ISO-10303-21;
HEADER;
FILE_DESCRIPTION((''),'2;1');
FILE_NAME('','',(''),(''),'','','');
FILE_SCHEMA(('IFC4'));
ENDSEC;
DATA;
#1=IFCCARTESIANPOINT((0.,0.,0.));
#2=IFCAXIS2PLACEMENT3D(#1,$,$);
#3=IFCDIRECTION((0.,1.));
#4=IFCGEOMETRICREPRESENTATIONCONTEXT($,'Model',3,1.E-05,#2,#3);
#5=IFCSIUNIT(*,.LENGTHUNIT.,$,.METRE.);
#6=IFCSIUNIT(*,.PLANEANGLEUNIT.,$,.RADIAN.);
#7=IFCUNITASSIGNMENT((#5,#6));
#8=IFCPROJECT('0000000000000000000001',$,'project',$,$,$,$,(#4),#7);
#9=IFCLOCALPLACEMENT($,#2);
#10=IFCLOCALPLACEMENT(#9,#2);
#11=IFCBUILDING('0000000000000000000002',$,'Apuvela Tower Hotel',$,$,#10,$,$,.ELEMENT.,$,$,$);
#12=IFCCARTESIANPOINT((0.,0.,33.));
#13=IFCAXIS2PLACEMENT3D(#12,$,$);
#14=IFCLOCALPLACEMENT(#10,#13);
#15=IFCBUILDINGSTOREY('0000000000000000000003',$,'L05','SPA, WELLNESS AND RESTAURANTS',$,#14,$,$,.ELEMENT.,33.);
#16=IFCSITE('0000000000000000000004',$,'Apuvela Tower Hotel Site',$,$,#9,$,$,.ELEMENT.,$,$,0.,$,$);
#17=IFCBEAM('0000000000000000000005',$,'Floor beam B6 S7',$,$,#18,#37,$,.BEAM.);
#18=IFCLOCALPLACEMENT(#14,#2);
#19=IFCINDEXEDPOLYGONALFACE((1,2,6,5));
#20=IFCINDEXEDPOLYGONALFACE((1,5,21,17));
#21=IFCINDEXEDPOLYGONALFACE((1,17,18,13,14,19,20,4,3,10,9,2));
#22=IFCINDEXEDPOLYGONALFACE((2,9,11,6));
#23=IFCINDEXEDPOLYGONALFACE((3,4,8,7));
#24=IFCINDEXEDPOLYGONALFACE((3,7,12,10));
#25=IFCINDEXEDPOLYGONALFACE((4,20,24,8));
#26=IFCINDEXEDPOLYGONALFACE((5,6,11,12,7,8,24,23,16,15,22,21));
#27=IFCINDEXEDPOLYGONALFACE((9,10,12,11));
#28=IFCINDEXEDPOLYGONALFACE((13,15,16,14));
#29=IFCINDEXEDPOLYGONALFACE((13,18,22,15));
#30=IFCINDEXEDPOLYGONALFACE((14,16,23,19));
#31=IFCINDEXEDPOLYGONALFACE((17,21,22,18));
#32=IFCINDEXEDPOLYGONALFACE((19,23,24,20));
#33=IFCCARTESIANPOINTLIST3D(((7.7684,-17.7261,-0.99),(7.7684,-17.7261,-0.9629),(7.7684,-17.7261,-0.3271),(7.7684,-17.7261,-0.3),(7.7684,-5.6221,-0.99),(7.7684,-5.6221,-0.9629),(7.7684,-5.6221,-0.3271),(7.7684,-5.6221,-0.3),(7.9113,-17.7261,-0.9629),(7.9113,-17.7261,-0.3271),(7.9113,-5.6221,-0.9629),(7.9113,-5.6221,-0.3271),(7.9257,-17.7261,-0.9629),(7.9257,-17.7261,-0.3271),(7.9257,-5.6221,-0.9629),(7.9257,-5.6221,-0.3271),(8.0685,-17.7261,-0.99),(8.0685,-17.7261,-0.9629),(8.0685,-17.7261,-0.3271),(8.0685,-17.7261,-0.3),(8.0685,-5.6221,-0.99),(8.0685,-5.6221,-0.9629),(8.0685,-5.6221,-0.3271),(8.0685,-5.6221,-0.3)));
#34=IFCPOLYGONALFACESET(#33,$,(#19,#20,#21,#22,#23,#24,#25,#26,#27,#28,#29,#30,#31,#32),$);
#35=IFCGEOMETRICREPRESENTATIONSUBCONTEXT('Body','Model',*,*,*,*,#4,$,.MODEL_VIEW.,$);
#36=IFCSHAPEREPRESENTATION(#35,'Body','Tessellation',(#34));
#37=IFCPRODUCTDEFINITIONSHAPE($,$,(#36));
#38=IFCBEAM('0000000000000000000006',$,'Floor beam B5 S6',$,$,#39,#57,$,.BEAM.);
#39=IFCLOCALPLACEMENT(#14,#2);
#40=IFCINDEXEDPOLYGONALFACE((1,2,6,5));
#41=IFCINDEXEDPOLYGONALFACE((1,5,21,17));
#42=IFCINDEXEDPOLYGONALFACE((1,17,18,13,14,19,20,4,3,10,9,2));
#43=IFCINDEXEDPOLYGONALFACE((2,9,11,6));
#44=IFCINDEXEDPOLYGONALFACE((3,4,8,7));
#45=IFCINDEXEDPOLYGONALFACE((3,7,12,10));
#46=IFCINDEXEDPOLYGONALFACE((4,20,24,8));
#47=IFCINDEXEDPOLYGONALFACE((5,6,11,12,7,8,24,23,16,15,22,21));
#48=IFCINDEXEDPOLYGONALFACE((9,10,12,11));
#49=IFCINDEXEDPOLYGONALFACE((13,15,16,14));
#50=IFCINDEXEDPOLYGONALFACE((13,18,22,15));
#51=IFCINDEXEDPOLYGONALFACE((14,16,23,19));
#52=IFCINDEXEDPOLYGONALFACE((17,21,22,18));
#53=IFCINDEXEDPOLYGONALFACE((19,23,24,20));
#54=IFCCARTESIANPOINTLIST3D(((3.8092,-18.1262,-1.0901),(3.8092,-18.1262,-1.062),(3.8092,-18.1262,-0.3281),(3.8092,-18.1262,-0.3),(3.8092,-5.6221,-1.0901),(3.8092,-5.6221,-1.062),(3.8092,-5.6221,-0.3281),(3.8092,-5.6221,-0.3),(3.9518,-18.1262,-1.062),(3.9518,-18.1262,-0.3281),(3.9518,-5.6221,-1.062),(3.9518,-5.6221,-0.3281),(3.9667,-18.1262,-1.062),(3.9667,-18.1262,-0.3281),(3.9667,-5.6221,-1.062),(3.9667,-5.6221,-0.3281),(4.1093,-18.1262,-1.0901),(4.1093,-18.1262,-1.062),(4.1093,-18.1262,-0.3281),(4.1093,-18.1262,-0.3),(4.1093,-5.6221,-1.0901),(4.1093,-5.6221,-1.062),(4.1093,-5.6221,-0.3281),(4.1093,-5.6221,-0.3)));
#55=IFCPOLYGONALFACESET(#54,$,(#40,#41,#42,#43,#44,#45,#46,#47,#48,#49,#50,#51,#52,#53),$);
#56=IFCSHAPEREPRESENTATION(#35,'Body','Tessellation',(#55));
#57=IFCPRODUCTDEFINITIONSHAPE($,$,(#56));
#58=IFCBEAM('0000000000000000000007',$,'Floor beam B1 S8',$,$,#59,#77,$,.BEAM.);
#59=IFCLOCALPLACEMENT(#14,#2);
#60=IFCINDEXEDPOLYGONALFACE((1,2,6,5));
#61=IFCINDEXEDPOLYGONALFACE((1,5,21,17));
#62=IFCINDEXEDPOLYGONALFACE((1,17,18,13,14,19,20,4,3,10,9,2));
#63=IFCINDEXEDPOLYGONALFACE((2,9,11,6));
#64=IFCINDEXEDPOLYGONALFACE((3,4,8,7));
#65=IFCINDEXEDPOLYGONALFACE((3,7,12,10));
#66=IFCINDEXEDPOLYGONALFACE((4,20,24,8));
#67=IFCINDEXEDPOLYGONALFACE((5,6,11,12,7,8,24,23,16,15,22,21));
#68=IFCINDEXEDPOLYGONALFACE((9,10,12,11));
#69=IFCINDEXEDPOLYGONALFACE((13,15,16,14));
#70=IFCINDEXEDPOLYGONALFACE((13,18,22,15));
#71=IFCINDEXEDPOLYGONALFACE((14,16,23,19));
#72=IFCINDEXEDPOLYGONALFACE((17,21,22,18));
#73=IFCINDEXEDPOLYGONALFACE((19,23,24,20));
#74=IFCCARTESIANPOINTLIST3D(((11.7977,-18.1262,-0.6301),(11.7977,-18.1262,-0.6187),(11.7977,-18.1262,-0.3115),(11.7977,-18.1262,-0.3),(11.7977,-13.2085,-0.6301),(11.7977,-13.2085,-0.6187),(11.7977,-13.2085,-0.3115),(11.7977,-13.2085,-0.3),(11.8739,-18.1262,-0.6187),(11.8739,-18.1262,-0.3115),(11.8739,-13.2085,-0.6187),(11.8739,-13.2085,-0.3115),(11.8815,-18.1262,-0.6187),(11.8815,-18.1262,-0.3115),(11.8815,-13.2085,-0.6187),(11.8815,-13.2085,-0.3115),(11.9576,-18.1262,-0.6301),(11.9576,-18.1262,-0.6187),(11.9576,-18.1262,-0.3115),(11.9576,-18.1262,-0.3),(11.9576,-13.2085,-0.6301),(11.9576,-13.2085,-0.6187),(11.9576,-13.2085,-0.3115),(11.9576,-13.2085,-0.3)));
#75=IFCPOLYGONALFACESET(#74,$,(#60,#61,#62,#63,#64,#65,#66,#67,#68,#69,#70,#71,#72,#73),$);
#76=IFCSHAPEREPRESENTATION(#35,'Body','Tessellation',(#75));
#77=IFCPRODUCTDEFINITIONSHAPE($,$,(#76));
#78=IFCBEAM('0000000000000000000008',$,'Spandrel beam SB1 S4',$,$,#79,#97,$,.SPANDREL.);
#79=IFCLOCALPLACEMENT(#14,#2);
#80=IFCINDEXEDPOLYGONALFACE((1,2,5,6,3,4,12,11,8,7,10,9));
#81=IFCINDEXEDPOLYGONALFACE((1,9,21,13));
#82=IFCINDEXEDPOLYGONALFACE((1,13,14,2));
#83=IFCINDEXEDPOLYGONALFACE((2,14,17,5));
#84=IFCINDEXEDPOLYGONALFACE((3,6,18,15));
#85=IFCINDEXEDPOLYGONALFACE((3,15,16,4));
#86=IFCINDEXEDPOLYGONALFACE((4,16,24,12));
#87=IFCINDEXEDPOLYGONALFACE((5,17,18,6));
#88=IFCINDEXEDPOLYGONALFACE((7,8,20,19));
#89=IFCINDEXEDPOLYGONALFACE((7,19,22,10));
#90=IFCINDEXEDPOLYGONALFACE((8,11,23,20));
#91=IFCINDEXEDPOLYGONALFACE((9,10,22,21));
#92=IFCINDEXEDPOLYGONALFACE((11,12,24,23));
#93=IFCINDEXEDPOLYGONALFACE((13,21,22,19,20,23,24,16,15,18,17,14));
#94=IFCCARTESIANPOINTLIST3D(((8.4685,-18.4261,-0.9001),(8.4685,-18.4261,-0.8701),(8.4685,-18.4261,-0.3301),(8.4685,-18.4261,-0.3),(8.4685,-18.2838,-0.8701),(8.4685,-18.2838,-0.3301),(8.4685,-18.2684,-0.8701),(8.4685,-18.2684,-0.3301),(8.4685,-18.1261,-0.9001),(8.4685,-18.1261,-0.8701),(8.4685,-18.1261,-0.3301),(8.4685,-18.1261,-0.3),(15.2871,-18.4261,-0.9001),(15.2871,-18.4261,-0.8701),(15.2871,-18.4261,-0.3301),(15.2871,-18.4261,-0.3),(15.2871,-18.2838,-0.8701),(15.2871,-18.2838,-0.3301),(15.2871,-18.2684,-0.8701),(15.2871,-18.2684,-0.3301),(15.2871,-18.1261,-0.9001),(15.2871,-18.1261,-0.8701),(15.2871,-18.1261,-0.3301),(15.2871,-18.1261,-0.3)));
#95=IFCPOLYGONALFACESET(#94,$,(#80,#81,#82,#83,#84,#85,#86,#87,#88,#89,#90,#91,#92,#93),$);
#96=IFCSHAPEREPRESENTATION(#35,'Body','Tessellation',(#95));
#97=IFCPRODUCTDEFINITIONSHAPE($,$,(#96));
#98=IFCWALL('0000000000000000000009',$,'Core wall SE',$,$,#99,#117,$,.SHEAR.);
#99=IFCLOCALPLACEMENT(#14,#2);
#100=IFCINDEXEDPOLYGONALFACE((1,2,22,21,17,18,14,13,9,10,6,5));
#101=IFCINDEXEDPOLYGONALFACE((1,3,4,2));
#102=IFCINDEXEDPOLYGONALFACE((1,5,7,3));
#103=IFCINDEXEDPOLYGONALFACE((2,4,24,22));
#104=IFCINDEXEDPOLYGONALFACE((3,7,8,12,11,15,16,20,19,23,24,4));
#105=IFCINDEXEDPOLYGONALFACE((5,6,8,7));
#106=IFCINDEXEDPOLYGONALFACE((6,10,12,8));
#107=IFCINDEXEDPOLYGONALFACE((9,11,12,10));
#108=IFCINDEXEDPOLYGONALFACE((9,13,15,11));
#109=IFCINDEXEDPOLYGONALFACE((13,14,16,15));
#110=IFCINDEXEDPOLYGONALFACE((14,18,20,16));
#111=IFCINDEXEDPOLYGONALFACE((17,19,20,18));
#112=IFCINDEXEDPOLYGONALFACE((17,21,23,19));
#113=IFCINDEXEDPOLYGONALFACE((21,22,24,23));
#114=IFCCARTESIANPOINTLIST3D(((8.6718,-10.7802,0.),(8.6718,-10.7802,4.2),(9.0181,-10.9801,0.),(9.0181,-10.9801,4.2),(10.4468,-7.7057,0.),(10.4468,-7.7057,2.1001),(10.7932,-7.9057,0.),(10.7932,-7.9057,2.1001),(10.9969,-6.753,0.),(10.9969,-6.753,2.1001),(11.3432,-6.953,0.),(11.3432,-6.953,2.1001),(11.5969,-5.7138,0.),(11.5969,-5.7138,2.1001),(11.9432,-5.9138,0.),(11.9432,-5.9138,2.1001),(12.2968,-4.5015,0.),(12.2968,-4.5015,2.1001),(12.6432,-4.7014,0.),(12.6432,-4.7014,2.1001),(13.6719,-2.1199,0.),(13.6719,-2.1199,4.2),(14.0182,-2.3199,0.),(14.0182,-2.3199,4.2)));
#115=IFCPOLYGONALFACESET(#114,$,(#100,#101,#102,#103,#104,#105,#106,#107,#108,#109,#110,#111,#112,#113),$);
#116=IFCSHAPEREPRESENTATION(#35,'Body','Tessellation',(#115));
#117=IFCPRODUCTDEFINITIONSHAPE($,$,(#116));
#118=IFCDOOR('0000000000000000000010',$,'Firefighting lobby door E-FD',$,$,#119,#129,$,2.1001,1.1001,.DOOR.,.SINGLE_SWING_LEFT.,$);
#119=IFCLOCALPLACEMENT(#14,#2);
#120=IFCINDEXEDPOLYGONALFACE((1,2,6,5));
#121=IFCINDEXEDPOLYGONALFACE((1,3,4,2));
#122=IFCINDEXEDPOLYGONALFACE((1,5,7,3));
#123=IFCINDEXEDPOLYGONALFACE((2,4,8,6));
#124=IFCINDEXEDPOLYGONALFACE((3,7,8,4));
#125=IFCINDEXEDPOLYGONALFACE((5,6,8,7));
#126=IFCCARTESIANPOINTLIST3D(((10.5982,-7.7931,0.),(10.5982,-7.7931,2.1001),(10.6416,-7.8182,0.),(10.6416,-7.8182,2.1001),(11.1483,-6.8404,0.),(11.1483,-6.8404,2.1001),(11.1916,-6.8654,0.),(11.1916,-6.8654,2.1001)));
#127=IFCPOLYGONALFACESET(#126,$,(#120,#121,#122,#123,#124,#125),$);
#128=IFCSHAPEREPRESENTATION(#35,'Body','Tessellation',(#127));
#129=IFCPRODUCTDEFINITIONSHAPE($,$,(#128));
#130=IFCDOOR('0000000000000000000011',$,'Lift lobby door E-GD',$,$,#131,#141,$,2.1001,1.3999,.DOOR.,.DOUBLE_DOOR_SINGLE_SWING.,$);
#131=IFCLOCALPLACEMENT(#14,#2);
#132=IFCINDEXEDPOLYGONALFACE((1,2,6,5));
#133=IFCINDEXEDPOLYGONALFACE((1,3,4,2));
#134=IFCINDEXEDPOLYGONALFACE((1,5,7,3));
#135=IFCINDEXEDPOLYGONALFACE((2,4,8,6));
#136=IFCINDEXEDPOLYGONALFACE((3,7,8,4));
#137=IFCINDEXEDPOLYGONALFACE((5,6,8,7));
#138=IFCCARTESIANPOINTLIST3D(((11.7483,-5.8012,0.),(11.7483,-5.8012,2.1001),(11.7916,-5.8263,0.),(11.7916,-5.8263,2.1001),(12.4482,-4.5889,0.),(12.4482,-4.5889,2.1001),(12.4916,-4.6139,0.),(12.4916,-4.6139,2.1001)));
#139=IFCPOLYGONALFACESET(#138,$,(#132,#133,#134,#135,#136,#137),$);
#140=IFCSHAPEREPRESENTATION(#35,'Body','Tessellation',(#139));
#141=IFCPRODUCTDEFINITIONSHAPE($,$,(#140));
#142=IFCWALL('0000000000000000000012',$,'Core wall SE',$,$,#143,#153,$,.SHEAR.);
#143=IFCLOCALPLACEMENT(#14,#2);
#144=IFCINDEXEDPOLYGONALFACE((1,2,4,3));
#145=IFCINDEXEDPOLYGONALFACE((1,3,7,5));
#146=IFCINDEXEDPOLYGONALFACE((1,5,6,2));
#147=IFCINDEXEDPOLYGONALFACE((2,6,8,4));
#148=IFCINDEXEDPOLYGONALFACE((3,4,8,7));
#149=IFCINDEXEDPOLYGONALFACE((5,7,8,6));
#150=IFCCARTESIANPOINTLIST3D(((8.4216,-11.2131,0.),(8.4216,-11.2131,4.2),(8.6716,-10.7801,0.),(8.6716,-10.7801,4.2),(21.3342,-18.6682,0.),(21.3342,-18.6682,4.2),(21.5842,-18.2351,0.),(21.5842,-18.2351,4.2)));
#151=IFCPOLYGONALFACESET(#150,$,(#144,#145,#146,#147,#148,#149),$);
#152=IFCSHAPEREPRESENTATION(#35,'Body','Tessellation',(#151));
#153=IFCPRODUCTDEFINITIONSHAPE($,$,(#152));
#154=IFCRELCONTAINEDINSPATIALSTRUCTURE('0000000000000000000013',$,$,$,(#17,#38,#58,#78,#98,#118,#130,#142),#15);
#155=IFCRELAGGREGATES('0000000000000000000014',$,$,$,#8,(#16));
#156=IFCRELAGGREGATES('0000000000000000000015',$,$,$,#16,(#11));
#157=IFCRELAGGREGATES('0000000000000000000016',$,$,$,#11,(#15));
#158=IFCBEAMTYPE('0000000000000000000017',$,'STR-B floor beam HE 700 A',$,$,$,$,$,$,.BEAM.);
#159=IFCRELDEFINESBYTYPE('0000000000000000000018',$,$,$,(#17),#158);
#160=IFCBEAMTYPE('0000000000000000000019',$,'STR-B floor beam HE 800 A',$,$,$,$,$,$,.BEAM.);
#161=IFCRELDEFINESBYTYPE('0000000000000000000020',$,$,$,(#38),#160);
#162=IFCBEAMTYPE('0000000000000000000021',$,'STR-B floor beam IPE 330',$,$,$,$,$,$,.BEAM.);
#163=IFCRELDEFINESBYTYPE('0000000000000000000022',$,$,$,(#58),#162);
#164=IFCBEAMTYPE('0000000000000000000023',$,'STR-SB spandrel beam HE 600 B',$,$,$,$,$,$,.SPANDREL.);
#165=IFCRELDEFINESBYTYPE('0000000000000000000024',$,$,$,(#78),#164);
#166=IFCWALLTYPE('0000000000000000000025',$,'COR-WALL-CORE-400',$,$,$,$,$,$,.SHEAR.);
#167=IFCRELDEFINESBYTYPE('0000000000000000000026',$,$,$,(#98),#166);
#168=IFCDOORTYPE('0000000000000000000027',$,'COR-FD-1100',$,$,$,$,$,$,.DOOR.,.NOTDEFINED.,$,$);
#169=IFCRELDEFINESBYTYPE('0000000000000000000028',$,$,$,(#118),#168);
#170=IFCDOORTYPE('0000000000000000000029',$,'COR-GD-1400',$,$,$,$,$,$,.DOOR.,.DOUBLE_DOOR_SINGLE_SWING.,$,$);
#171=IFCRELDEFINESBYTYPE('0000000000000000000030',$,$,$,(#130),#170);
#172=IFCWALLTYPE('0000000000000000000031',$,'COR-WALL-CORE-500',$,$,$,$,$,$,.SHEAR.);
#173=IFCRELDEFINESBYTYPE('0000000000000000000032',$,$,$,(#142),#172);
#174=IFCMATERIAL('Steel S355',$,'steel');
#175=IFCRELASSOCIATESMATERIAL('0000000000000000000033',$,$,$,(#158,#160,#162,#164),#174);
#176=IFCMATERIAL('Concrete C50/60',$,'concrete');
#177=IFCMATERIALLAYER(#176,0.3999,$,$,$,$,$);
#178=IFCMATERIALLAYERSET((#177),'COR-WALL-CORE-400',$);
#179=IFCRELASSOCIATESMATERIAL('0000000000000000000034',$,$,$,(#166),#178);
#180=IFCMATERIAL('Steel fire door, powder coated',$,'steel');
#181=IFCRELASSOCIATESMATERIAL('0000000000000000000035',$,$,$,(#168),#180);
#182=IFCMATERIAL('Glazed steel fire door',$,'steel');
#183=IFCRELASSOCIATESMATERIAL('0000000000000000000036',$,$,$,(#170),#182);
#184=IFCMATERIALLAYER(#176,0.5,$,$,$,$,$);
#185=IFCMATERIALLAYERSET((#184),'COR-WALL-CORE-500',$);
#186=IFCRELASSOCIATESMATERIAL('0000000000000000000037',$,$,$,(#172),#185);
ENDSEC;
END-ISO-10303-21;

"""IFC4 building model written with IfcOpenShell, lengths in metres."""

from ifc_helpers import new_model, si_unit, direction, frame, frame_2d, origin, origin_2d, place, context, subcontext, project, spatial, rectangle, i_section, extrude, material, layer, layer_set, material_profile, profile_set, type_object, element, fill, save


model = new_model("IFC4")

# Units and contexts
model_context = context("Model", 3, precision=1e-05, world=origin(), true_north=direction((0.0, 1.0)))
body_context = subcontext(model_context, "Body", "Model", "MODEL_VIEW")
ifc_project = project(units=[si_unit("LENGTHUNIT", "METRE"), si_unit("PLANEANGLEUNIT", "RADIAN")], contexts=[model_context])

# Site, building, storey
site_placement = place(None, origin())
site = spatial("IfcSite", under=ifc_project, at=site_placement, Name="Apuvela Tower Hotel Site", CompositionType="ELEMENT", RefElevation=0.0)
building_placement = place(site_placement, origin())
building = spatial("IfcBuilding", under=site, at=building_placement, Name="Apuvela Tower Hotel", CompositionType="ELEMENT")
storey_placement = place(building_placement, frame((0.0, 0.0, 33.0)))
storey = spatial("IfcBuildingStorey", under=building, at=storey_placement, Name="L05", Description="SPA, WELLNESS AND RESTAURANTS", CompositionType="ELEMENT", Elevation=33.0)

# Beams
ifc_material_1 = material(Name="Steel S355", Category="steel")
ifc_material_profile_1 = material_profile(ifc_material_1, i_section(OverallWidth=0.3, OverallDepth=0.6899, WebThickness=0.0144, FlangeThickness=0.0271, at=origin_2d()), Name="HE 700 A")
ifc_profile_set_1 = profile_set([ifc_material_profile_1], Name="Steel S355")
beam_type_1 = type_object("IfcBeamType", Name="STR-B floor beam HE 700 A", PredefinedType="BEAM", material=ifc_profile_set_1)
beam_1_placement = place(storey_placement, frame((7.9185, -17.7261, -0.645), z_axis=(0.0, 1.0, 0.0), x_axis=(-1.0, 0.0, 0.0)))
element("IfcBeam", 1, at=beam_1_placement, inside=storey, type_object=beam_type_1, Name="Floor beam B6 S7", PredefinedType="BEAM", context=body_context, shape_type="SweptSolid", body=[
    extrude(i_section(OverallWidth=0.3, OverallDepth=0.6899, WebThickness=0.0144, FlangeThickness=0.0271, at=origin_2d()), origin(), (0.0, 0.0, 1.0), 12.104),
])
ifc_material_profile_2 = material_profile(ifc_material_1, i_section(OverallWidth=0.3, OverallDepth=0.79, WebThickness=0.0149, FlangeThickness=0.0281, at=origin_2d()), Name="HE 800 A")
ifc_profile_set_2 = profile_set([ifc_material_profile_2], Name="Steel S355")
beam_type_2 = type_object("IfcBeamType", Name="STR-B floor beam HE 800 A", PredefinedType="BEAM", material=ifc_profile_set_2)
beam_2_placement = place(storey_placement, frame((3.9592, -18.1262, -0.6951), z_axis=(0.0, 1.0, 0.0), x_axis=(-1.0, 0.0, 0.0)))
element("IfcBeam", 2, at=beam_2_placement, inside=storey, type_object=beam_type_2, Name="Floor beam B5 S6", PredefinedType="BEAM", context=body_context, shape_type="SweptSolid", body=[
    extrude(i_section(OverallWidth=0.3, OverallDepth=0.79, WebThickness=0.0149, FlangeThickness=0.0281, at=origin_2d()), origin(), (0.0, 0.0, 1.0), 12.5042),
])
ifc_material_profile_3 = material_profile(ifc_material_1, i_section(OverallWidth=0.1599, OverallDepth=0.3301, WebThickness=0.0076, FlangeThickness=0.0115, at=origin_2d()), Name="IPE 330")
ifc_profile_set_3 = profile_set([ifc_material_profile_3], Name="Steel S355")
beam_type_3 = type_object("IfcBeamType", Name="STR-B floor beam IPE 330", PredefinedType="BEAM", material=ifc_profile_set_3)
beam_3_placement = place(storey_placement, frame((11.8777, -18.1262, -0.4651), z_axis=(0.0, 1.0, 0.0), x_axis=(-1.0, 0.0, 0.0)))
element("IfcBeam", 3, at=beam_3_placement, inside=storey, type_object=beam_type_3, Name="Floor beam B1 S8", PredefinedType="BEAM", context=body_context, shape_type="SweptSolid", body=[
    extrude(i_section(OverallWidth=0.1599, OverallDepth=0.3301, WebThickness=0.0076, FlangeThickness=0.0115, at=origin_2d()), origin(), (0.0, 0.0, 1.0), 4.9177),
])
ifc_material_profile_4 = material_profile(ifc_material_1, i_section(OverallWidth=0.3, OverallDepth=0.6001, WebThickness=0.0154, FlangeThickness=0.03, at=origin_2d()), Name="HE 600 B")
ifc_profile_set_4 = profile_set([ifc_material_profile_4], Name="Steel S355")
beam_type_4 = type_object("IfcBeamType", Name="STR-SB spandrel beam HE 600 B", PredefinedType="SPANDREL", material=ifc_profile_set_4)
beam_4_placement = place(storey_placement, frame((8.4685, -18.2761, -0.6001), z_axis=(1.0, 0.0, 0.0), x_axis=(0.0, 1.0, 0.0)))
element("IfcBeam", 4, at=beam_4_placement, inside=storey, type_object=beam_type_4, Name="Spandrel beam SB1 S4", PredefinedType="SPANDREL", context=body_context, shape_type="SweptSolid", body=[
    extrude(i_section(OverallWidth=0.3, OverallDepth=0.6001, WebThickness=0.0154, FlangeThickness=0.03, at=origin_2d()), origin(), (0.0, 0.0, 1.0), 6.8186),
])

# Wall, openings, doors
ifc_material_2 = material(Name="Concrete C50/60", Category="concrete")
ifc_layer_1 = layer(ifc_material_2, 0.3999)
ifc_layer_set_1 = layer_set([ifc_layer_1], Name="COR-WALL-CORE-400")
wall_type_1 = type_object("IfcWallType", Name="COR-WALL-CORE-400", PredefinedType="SHEAR", material=ifc_layer_set_1)
wall_1_placement = place(storey_placement, frame((8.845, -10.8801, 0.0), z_axis=(0.0, 0.0, 1.0), x_axis=(0.500004, 0.866023, 0.0)))
wall_1 = element("IfcWall", 5, at=wall_1_placement, inside=storey, type_object=wall_type_1, Name="Core wall SE", PredefinedType="SHEAR", context=body_context, shape_type="SweptSolid", body=[
    extrude(rectangle(XDim=10.0, YDim=0.3999, at=frame_2d((5.0, 0.0))), origin(), (0.0, 0.0, 1.0), 4.2),
])
opening_1_placement = place(wall_1_placement, frame((3.55, 0.0, 0.0)))
opening_1 = element("IfcOpeningElement", 6, at=opening_1_placement, cuts=wall_1, PredefinedType="OPENING", context=body_context, shape_type="SweptSolid", body=[
    extrude(rectangle(XDim=1.1001, YDim=2.1001, at=frame_2d((0.55, 1.05))), frame((0.0, 0.21, 0.0), z_axis=(0.0, -1.0, 0.0), x_axis=(1.0, 0.0, 0.0)), (0.0, 0.0, 1.0), 0.4199),
])
opening_2_placement = place(wall_1_placement, frame((5.8501, 0.0, 0.0)))
opening_2 = element("IfcOpeningElement", 7, at=opening_2_placement, cuts=wall_1, PredefinedType="OPENING", context=body_context, shape_type="SweptSolid", body=[
    extrude(rectangle(XDim=1.3999, YDim=2.1001, at=frame_2d((0.7, 1.05))), frame((0.0, 0.21, 0.0), z_axis=(0.0, -1.0, 0.0), x_axis=(1.0, 0.0, 0.0)), (0.0, 0.0, 1.0), 0.4199),
])
ifc_material_3 = material(Name="Steel fire door, powder coated", Category="steel")
door_type_1 = type_object("IfcDoorType", Name="COR-FD-1100", OperationType="NOTDEFINED", PredefinedType="DOOR", material=ifc_material_3)
door_1_placement = place(opening_1_placement, frame((1.1001, 0.0, 0.0), z_axis=(0.0, 0.0, 1.0), x_axis=(-1.0, 0.0, 0.0)))
door_1 = element("IfcDoor", 8, at=door_1_placement, inside=storey, type_object=door_type_1, Name="Firefighting lobby door E-FD", OperationType="SINGLE_SWING_LEFT", OverallHeight=2.1001, OverallWidth=1.1001, PredefinedType="DOOR", context=body_context, shape_type="SweptSolid", body=[
    extrude(rectangle(XDim=1.1001, YDim=2.1001, at=frame_2d((0.55, 1.05))), frame((0.0, 0.0249, 0.0), z_axis=(0.0, -1.0, 0.0), x_axis=(1.0, 0.0, 0.0)), (0.0, 0.0, 1.0), 0.05),
])
fill(opening_1, door_1)
ifc_material_4 = material(Name="Glazed steel fire door", Category="steel")
door_type_2 = type_object("IfcDoorType", Name="COR-GD-1400", OperationType="DOUBLE_DOOR_SINGLE_SWING", PredefinedType="DOOR", material=ifc_material_4)
door_2_placement = place(opening_2_placement, frame((1.3999, 0.0, 0.0), z_axis=(0.0, 0.0, 1.0), x_axis=(-1.0, 0.0, 0.0)))
door_2 = element("IfcDoor", 9, at=door_2_placement, inside=storey, type_object=door_type_2, Name="Lift lobby door E-GD", OperationType="DOUBLE_DOOR_SINGLE_SWING", OverallHeight=2.1001, OverallWidth=1.3999, PredefinedType="DOOR", context=body_context, shape_type="SweptSolid", body=[
    extrude(rectangle(XDim=1.3999, YDim=2.1001, at=frame_2d((0.7, 1.05))), frame((0.0, 0.0249, 0.0), z_axis=(0.0, -1.0, 0.0), x_axis=(1.0, 0.0, 0.0)), (0.0, 0.0, 1.0), 0.05),
])
fill(opening_2, door_2)

# Wall
ifc_layer_2 = layer(ifc_material_2, 0.5)
ifc_layer_set_2 = layer_set([ifc_layer_2], Name="COR-WALL-CORE-500")
wall_type_2 = type_object("IfcWallType", Name="COR-WALL-CORE-500", PredefinedType="SHEAR", material=ifc_layer_set_2)
wall_2_placement = place(storey_placement, frame((8.5466, -10.9966, 0.0), z_axis=(0.0, 0.0, 1.0), x_axis=(0.866026, -0.499999, 0.0)))
element("IfcWall", 10, at=wall_2_placement, inside=storey, type_object=wall_type_2, Name="Core wall SE", PredefinedType="SHEAR", context=body_context, shape_type="SweptSolid", body=[
    extrude(rectangle(XDim=14.9102, YDim=0.5, at=frame_2d((7.4551, 0.0))), origin(), (0.0, 0.0, 1.0), 4.2),
])

save(model, "model.ifc")
